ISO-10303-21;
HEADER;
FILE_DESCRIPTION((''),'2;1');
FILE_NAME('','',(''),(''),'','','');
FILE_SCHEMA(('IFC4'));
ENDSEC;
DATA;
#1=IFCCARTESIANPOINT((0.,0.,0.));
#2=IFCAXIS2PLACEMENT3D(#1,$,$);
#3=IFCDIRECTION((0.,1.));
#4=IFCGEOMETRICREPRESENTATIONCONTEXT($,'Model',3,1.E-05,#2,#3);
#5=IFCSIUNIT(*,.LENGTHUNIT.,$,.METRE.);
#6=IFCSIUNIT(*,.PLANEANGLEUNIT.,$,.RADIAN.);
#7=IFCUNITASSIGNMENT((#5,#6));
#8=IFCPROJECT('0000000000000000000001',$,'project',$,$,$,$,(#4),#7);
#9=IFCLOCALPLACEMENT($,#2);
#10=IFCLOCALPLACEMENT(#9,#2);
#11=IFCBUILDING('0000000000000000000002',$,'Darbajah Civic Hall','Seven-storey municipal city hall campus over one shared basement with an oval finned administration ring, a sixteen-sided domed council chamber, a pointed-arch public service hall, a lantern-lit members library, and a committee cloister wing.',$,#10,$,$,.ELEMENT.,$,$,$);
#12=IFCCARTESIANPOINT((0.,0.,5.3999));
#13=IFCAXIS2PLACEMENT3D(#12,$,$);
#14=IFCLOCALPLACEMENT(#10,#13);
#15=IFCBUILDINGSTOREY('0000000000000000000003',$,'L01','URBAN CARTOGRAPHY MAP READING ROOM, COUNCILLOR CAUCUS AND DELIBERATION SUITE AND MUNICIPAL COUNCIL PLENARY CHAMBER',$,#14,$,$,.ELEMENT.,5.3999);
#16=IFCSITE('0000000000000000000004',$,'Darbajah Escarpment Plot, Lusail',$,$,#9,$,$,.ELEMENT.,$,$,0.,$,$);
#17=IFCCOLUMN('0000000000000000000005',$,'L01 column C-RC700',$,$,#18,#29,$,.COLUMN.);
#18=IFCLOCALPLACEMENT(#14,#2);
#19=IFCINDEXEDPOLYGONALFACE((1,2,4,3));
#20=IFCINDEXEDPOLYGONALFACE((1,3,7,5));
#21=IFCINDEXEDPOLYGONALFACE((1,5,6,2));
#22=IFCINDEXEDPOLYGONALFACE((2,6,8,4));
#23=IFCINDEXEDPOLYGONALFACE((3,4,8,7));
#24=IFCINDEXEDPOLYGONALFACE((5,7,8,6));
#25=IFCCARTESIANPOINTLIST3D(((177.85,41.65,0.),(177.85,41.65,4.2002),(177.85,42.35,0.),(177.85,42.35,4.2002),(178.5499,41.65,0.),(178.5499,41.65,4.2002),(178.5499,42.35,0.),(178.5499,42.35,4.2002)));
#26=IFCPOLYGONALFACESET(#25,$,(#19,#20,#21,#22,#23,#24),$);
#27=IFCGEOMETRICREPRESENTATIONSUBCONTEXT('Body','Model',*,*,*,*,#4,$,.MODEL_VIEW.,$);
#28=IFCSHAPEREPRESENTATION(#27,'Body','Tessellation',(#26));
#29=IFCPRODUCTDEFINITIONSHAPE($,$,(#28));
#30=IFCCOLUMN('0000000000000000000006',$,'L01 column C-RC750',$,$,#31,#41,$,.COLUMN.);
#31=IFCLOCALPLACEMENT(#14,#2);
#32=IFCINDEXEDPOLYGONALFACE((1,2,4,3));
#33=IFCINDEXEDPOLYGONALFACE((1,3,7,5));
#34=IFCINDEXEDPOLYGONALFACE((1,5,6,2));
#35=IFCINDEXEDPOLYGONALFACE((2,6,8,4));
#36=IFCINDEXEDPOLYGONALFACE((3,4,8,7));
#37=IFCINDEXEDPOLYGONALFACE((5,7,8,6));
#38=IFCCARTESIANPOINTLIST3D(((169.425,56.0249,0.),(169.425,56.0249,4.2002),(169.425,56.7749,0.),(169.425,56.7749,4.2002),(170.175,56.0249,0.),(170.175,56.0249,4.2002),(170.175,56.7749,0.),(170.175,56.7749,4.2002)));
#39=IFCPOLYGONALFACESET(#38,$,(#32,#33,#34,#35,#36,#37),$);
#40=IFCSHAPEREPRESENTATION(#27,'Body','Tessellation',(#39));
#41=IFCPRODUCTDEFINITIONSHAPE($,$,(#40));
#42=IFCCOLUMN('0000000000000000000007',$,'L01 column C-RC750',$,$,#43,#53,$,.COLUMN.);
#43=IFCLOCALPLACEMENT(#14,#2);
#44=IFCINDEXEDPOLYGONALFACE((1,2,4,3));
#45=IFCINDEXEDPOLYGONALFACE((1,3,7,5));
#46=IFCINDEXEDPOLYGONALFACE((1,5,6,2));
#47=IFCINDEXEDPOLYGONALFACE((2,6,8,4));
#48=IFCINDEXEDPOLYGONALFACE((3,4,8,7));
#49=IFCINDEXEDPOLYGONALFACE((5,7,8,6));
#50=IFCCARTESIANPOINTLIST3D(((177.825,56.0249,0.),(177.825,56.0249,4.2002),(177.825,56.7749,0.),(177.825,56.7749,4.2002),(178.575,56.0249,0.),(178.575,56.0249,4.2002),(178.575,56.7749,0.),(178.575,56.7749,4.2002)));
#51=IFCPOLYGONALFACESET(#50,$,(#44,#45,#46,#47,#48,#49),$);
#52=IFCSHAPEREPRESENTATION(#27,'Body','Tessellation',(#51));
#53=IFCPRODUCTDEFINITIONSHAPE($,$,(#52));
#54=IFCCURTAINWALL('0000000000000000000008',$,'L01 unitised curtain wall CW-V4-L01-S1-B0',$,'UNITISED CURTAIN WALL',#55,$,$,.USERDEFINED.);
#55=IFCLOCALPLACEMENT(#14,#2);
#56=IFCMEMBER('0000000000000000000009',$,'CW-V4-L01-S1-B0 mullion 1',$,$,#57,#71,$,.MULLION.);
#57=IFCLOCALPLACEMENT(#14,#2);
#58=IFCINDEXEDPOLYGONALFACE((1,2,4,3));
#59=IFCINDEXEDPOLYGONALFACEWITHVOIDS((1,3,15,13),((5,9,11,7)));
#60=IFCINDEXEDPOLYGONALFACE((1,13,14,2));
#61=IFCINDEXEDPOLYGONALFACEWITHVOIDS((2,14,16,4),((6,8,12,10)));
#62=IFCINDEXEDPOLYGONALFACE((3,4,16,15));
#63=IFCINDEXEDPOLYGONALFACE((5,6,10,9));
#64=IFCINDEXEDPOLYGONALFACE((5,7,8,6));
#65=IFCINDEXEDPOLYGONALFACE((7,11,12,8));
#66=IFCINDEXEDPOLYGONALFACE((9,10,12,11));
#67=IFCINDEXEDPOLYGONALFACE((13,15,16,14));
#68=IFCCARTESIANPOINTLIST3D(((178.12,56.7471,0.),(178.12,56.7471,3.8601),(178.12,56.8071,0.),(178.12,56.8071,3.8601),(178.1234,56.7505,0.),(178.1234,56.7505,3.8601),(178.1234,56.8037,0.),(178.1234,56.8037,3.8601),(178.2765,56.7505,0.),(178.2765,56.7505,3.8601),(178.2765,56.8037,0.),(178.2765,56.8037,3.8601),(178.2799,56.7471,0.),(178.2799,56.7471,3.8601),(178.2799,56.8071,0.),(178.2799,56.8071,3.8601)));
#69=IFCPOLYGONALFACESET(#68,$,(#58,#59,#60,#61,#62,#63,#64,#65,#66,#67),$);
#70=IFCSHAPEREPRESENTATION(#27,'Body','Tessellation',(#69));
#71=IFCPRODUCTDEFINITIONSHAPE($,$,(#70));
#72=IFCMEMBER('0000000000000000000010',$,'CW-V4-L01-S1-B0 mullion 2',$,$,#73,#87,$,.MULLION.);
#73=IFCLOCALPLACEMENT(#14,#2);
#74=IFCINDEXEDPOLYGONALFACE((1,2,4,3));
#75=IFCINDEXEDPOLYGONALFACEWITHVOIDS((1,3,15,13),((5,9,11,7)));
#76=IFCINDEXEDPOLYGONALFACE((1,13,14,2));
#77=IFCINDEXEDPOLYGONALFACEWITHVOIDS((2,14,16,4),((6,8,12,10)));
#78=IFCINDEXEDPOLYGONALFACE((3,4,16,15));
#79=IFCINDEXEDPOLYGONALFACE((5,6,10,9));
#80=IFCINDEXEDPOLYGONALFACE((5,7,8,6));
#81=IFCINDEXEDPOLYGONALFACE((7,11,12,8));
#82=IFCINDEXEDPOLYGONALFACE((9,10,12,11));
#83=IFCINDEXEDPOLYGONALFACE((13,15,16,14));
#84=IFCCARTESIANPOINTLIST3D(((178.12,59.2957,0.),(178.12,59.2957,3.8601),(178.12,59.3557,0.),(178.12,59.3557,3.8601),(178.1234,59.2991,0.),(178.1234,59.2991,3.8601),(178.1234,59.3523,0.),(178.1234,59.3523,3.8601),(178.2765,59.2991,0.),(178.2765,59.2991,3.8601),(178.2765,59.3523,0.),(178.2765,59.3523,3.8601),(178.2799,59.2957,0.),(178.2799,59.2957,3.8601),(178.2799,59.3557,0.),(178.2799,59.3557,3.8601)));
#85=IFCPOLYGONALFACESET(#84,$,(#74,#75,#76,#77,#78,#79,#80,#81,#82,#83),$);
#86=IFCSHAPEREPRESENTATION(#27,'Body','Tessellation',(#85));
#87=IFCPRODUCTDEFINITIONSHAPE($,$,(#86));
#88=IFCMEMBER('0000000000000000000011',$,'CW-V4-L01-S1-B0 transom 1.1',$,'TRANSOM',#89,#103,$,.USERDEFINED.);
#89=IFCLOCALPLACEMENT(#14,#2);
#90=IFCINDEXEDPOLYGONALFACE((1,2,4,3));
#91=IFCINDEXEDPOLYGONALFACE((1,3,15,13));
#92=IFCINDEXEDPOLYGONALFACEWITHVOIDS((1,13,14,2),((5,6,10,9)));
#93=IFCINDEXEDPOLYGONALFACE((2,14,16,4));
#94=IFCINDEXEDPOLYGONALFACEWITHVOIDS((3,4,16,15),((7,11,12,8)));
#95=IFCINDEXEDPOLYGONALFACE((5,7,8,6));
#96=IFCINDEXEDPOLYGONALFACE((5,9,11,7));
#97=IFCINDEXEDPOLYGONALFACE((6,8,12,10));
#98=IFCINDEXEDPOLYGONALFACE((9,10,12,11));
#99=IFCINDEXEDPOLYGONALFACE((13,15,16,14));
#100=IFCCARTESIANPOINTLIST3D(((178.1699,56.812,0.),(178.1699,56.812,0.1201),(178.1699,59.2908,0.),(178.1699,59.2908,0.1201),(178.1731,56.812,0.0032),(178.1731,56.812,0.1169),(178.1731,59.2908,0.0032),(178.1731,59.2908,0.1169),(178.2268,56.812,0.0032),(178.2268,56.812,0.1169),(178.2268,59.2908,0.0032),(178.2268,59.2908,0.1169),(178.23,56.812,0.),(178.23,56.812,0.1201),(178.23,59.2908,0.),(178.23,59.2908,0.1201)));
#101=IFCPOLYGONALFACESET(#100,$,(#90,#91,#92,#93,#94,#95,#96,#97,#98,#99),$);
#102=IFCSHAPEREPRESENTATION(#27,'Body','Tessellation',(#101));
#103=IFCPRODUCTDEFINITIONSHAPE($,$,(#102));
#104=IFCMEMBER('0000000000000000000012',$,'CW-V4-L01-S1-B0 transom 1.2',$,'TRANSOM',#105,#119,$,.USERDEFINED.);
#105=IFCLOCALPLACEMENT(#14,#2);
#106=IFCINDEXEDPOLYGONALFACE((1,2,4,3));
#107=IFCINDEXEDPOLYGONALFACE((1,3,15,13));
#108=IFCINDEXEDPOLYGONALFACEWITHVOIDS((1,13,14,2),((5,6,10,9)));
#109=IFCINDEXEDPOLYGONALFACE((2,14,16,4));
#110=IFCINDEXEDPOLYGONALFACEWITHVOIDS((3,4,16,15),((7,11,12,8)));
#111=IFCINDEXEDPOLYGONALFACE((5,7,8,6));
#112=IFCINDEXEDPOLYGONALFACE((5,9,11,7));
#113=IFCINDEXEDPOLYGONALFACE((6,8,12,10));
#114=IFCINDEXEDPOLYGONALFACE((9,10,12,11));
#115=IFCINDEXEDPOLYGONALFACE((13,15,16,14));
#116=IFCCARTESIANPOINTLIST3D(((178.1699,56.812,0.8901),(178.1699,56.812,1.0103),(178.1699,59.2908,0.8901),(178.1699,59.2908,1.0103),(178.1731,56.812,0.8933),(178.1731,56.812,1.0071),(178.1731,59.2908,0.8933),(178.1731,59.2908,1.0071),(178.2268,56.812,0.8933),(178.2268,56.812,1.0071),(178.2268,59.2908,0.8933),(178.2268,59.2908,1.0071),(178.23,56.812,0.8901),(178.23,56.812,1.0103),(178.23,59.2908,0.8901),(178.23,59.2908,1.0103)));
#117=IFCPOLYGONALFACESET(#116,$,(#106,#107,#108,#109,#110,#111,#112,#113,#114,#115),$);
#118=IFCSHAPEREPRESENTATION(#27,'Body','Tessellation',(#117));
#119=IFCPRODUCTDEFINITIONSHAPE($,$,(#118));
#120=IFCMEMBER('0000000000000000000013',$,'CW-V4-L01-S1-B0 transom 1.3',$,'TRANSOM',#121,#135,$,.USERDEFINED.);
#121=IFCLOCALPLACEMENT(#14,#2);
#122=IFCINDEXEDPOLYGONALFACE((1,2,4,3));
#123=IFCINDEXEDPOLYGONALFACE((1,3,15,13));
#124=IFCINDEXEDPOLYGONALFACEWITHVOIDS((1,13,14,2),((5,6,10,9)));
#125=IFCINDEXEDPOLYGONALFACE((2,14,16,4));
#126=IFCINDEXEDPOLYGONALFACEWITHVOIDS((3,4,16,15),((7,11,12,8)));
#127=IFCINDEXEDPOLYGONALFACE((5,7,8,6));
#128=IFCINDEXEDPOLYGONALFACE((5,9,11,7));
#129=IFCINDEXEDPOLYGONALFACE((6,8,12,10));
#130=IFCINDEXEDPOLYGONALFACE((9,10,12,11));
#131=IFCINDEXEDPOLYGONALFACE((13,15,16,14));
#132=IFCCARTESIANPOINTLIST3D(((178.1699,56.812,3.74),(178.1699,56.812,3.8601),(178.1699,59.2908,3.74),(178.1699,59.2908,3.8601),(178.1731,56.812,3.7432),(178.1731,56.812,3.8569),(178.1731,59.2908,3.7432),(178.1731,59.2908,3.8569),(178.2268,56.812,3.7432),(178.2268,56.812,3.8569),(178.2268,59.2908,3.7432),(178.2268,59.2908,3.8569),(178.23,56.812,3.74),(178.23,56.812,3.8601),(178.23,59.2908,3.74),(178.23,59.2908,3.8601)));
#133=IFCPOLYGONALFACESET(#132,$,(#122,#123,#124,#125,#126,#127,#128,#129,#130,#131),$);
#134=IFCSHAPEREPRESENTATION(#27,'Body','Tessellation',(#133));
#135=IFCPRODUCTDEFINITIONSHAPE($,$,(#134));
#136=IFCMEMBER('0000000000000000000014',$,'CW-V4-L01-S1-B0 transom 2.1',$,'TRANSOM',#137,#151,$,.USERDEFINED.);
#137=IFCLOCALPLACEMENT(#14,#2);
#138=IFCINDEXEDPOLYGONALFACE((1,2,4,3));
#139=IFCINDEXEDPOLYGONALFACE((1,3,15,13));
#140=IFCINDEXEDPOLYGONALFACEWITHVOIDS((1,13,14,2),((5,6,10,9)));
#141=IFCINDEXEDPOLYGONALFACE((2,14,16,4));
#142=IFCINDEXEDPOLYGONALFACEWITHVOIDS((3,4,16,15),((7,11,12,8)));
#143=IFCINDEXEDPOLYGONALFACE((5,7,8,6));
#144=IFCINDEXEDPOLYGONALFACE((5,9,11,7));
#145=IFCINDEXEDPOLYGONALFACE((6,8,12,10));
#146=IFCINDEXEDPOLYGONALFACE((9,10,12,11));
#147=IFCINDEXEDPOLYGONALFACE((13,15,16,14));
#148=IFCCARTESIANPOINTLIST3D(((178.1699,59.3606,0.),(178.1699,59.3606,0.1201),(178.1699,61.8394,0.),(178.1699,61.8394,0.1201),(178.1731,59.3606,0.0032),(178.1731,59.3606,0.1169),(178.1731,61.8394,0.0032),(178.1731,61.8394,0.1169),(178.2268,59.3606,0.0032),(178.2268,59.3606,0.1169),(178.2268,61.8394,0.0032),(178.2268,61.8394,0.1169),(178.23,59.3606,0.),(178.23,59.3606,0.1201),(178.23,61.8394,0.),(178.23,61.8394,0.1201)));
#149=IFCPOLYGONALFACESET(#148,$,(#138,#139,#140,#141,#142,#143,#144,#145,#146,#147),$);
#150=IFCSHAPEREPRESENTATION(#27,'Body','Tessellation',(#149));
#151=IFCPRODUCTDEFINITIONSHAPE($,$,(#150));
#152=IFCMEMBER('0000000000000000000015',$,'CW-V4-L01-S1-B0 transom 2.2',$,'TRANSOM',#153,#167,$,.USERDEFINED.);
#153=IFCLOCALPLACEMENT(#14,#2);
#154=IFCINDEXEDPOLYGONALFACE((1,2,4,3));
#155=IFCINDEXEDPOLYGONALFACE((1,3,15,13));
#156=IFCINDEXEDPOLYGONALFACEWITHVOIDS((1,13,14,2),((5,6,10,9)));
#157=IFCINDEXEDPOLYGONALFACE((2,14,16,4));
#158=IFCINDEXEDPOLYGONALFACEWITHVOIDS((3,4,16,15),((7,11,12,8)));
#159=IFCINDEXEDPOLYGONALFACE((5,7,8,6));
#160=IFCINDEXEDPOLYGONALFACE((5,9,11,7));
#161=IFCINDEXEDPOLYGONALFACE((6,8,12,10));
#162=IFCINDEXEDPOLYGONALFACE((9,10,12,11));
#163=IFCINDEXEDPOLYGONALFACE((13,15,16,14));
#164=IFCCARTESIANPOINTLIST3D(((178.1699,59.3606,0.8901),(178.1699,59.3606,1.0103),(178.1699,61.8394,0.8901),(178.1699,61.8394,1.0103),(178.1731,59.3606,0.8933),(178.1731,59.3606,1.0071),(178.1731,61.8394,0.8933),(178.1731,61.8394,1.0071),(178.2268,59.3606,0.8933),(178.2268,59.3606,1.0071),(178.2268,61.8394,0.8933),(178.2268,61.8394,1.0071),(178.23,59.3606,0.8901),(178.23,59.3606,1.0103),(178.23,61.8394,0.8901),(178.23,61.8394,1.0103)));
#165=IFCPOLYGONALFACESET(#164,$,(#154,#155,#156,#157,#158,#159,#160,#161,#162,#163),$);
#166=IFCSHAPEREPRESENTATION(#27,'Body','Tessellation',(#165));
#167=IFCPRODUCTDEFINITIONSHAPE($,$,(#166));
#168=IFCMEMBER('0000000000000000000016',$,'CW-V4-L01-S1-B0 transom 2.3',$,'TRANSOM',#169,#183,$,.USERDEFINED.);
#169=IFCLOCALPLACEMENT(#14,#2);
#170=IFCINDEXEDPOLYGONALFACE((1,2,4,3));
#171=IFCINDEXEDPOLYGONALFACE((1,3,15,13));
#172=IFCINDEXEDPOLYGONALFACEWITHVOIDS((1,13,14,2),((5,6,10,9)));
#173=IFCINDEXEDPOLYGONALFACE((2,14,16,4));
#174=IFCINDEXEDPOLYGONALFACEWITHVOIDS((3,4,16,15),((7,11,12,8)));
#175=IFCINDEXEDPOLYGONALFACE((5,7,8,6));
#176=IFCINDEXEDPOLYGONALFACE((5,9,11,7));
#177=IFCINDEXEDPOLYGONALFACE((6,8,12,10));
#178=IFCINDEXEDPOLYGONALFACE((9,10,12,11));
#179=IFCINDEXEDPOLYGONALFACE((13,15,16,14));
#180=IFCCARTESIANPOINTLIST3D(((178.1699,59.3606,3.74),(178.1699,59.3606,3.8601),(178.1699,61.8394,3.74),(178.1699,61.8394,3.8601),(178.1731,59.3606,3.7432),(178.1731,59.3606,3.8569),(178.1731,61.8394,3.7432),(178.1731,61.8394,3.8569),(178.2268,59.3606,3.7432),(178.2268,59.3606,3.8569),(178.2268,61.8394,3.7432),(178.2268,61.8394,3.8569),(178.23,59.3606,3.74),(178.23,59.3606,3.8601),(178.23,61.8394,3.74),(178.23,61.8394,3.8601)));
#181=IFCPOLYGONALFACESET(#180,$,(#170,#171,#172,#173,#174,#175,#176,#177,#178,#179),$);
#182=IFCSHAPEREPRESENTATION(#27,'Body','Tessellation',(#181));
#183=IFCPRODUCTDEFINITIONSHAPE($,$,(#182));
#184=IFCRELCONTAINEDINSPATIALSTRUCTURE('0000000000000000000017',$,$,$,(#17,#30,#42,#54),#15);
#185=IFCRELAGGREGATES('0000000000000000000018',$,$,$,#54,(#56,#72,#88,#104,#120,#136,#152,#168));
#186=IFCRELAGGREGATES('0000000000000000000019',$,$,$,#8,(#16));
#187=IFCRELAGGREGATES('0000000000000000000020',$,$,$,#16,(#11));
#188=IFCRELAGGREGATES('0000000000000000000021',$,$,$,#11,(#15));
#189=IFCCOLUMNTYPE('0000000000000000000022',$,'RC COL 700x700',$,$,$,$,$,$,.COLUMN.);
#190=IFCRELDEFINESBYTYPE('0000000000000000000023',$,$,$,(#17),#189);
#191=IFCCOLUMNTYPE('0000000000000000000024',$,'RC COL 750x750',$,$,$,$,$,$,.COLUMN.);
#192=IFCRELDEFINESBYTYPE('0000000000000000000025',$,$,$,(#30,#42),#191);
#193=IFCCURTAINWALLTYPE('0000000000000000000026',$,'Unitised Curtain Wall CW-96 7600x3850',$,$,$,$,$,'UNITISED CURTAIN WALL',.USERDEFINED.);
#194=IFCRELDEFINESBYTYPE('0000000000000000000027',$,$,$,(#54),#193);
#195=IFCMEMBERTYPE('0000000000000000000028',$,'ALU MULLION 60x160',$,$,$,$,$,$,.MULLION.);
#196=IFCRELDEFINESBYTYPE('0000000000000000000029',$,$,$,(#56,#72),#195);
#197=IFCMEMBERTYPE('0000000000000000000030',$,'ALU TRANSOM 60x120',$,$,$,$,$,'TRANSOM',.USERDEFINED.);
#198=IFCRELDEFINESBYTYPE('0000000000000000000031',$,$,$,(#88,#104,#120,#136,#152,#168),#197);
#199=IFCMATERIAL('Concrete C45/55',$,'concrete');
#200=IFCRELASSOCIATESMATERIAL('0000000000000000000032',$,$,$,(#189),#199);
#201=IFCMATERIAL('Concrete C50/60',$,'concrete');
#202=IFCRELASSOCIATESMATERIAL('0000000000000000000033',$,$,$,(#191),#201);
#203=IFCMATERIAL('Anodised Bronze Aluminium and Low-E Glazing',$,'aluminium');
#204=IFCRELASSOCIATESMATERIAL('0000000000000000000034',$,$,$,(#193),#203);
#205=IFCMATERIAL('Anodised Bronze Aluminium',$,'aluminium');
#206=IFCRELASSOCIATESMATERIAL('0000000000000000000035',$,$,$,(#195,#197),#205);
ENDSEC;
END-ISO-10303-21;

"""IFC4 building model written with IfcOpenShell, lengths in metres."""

from ifc_helpers import new_model, si_unit, direction, frame, origin, origin_2d, place, context, subcontext, project, spatial, rectangle, hollow_rectangle, extrude, material, material_profile, profile_set, type_object, element, aggregate, save


model = new_model("IFC4")

# Units and contexts
model_context = context("Model", 3, precision=1e-05, world=origin(), true_north=direction((0.0, 1.0)))
body_context = subcontext(model_context, "Body", "Model", "MODEL_VIEW")
ifc_project = project(units=[si_unit("LENGTHUNIT", "METRE"), si_unit("PLANEANGLEUNIT", "RADIAN")], contexts=[model_context])

# Site, building, storey
site_placement = place(None, origin())
site = spatial("IfcSite", under=ifc_project, at=site_placement, Name="Darbajah Escarpment Plot, Lusail", CompositionType="ELEMENT", RefElevation=0.0)
building_placement = place(site_placement, origin())
building = spatial("IfcBuilding", under=site, at=building_placement, Name="Darbajah Civic Hall", Description="Seven-storey municipal city hall campus over one shared basement with an oval finned administration ring, a sixteen-sided domed council chamber, a pointed-arch public service hall, a lantern-lit members library, and a committee cloister wing.", CompositionType="ELEMENT")
storey_placement = place(building_placement, frame((0.0, 0.0, 5.3999)))
storey = spatial("IfcBuildingStorey", under=building, at=storey_placement, Name="L01", Description="URBAN CARTOGRAPHY MAP READING ROOM, COUNCILLOR CAUCUS AND DELIBERATION SUITE AND MUNICIPAL COUNCIL PLENARY CHAMBER", CompositionType="ELEMENT", Elevation=5.3999)

# Columns
ifc_material_1 = material(Name="Concrete C45/55", Category="concrete")
ifc_material_profile_1 = material_profile(ifc_material_1, rectangle(XDim=0.7, YDim=0.7, at=origin_2d()), Name="RC COL 700x700")
ifc_profile_set_1 = profile_set([ifc_material_profile_1], Name="Concrete C45/55")
column_type_1 = type_object("IfcColumnType", Name="RC COL 700x700", PredefinedType="COLUMN", material=ifc_profile_set_1)
column_placement = place(storey_placement, frame((178.2, 42.0, 0.0), z_axis=(0.0, 0.0, 1.0), x_axis=(1.0, 0.0, 0.0)))
element("IfcColumn", 1, at=column_placement, inside=storey, type_object=column_type_1, Name="L01 column C-RC700", PredefinedType="COLUMN", context=body_context, shape_type="SweptSolid", body=[
    extrude(rectangle(XDim=0.7, YDim=0.7, at=origin_2d()), origin(), (0.0, 0.0, 1.0), 4.2002),
])
ifc_material_2 = material(Name="Concrete C50/60", Category="concrete")
ifc_material_profile_2 = material_profile(ifc_material_2, rectangle(XDim=0.75, YDim=0.75, at=origin_2d()), Name="RC COL 750x750")
ifc_profile_set_2 = profile_set([ifc_material_profile_2], Name="Concrete C50/60")
column_type_2 = type_object("IfcColumnType", Name="RC COL 750x750", PredefinedType="COLUMN", material=ifc_profile_set_2)
for number, where, z_axis, x_axis, name in (
    (2, (169.8, 56.3999, 0.0), (0.0, 0.0, 1.0), (1.0, 0.0, 0.0), "L01 column C-RC750"),
    (3, (178.2, 56.3999, 0.0), (0.0, 0.0, 1.0), (1.0, 0.0, 0.0), "L01 column C-RC750"),
):
    element("IfcColumn", number, at=place(storey_placement, frame(where, z_axis=z_axis, x_axis=x_axis)), inside=storey, type_object=column_type_2, Name=name, PredefinedType="COLUMN", context=body_context, shape_type="SweptSolid", body=[
        extrude(rectangle(XDim=0.75, YDim=0.75, at=origin_2d()), origin(), (0.0, 0.0, 1.0), 4.2002),
    ])

# Curtain wall, members
ifc_material_3 = material(Name="Anodised Bronze Aluminium and Low-E Glazing", Category="aluminium")
curtain_wall_type = type_object("IfcCurtainWallType", Name="Unitised Curtain Wall CW-96 7600x3850", ElementType="UNITISED CURTAIN WALL", PredefinedType="USERDEFINED", material=ifc_material_3)
curtain_wall_placement = place(storey_placement, origin())
curtain_wall = element("IfcCurtainWall", 4, at=curtain_wall_placement, inside=storey, type_object=curtain_wall_type, Name="L01 unitised curtain wall CW-V4-L01-S1-B0", ObjectType="UNITISED CURTAIN WALL", PredefinedType="USERDEFINED")
ifc_material_4 = material(Name="Anodised Bronze Aluminium", Category="aluminium")
ifc_material_profile_3 = material_profile(ifc_material_4, hollow_rectangle(XDim=0.0601, YDim=0.1599, WallThickness=0.0034, at=origin_2d()), Name="ALU MULLION 60x160")
ifc_profile_set_3 = profile_set([ifc_material_profile_3], Name="Anodised Bronze Aluminium")
member_type_1 = type_object("IfcMemberType", Name="ALU MULLION 60x160", PredefinedType="MULLION", material=ifc_profile_set_3)
member_1_placement = place(storey_placement, frame((178.2, 56.7771, 0.0), z_axis=(0.0, 0.0, 1.0), x_axis=(0.0, 1.0, 0.0)))
member_1 = element("IfcMember", 5, at=member_1_placement, type_object=member_type_1, Name="CW-V4-L01-S1-B0 mullion 1", PredefinedType="MULLION", context=body_context, shape_type="SweptSolid", body=[
    extrude(hollow_rectangle(XDim=0.0601, YDim=0.1599, WallThickness=0.0034, at=origin_2d()), origin(), (0.0, 0.0, 1.0), 3.8601),
])
member_2_placement = place(storey_placement, frame((178.2, 59.3257, 0.0), z_axis=(0.0, 0.0, 1.0), x_axis=(0.0, 1.0, 0.0)))
member_2 = element("IfcMember", 6, at=member_2_placement, type_object=member_type_1, Name="CW-V4-L01-S1-B0 mullion 2", PredefinedType="MULLION", context=body_context, shape_type="SweptSolid", body=[
    extrude(hollow_rectangle(XDim=0.0601, YDim=0.1599, WallThickness=0.0034, at=origin_2d()), origin(), (0.0, 0.0, 1.0), 3.8601),
])
ifc_material_profile_4 = material_profile(ifc_material_4, hollow_rectangle(XDim=0.0601, YDim=0.1201, WallThickness=0.0032, at=origin_2d()), Name="ALU TRANSOM 60x120")
ifc_profile_set_4 = profile_set([ifc_material_profile_4], Name="Anodised Bronze Aluminium")
member_type_2 = type_object("IfcMemberType", Name="ALU TRANSOM 60x120", ElementType="TRANSOM", PredefinedType="USERDEFINED", material=ifc_profile_set_4)
member_3_placement = place(storey_placement, frame((178.2, 56.812, 0.0601), z_axis=(0.0, 1.0, 0.0), x_axis=(-1.0, 0.0, 0.0)))
member_3 = element("IfcMember", 7, at=member_3_placement, type_object=member_type_2, Name="CW-V4-L01-S1-B0 transom 1.1", ObjectType="TRANSOM", PredefinedType="USERDEFINED", context=body_context, shape_type="SweptSolid", body=[
    extrude(hollow_rectangle(XDim=0.0601, YDim=0.1201, WallThickness=0.0032, at=origin_2d()), origin(), (0.0, 0.0, 1.0), 2.4788),
])
member_4_placement = place(storey_placement, frame((178.2, 56.812, 0.9502), z_axis=(0.0, 1.0, 0.0), x_axis=(-1.0, 0.0, 0.0)))
member_4 = element("IfcMember", 8, at=member_4_placement, type_object=member_type_2, Name="CW-V4-L01-S1-B0 transom 1.2", ObjectType="TRANSOM", PredefinedType="USERDEFINED", context=body_context, shape_type="SweptSolid", body=[
    extrude(hollow_rectangle(XDim=0.0601, YDim=0.1201, WallThickness=0.0032, at=origin_2d()), origin(), (0.0, 0.0, 1.0), 2.4788),
])
member_5_placement = place(storey_placement, frame((178.2, 56.812, 3.8), z_axis=(0.0, 1.0, 0.0), x_axis=(-1.0, 0.0, 0.0)))
member_5 = element("IfcMember", 9, at=member_5_placement, type_object=member_type_2, Name="CW-V4-L01-S1-B0 transom 1.3", ObjectType="TRANSOM", PredefinedType="USERDEFINED", context=body_context, shape_type="SweptSolid", body=[
    extrude(hollow_rectangle(XDim=0.0601, YDim=0.1201, WallThickness=0.0032, at=origin_2d()), origin(), (0.0, 0.0, 1.0), 2.4788),
])
member_6_placement = place(storey_placement, frame((178.2, 59.3606, 0.0601), z_axis=(0.0, 1.0, 0.0), x_axis=(-1.0, 0.0, 0.0)))
member_6 = element("IfcMember", 10, at=member_6_placement, type_object=member_type_2, Name="CW-V4-L01-S1-B0 transom 2.1", ObjectType="TRANSOM", PredefinedType="USERDEFINED", context=body_context, shape_type="SweptSolid", body=[
    extrude(hollow_rectangle(XDim=0.0601, YDim=0.1201, WallThickness=0.0032, at=origin_2d()), origin(), (0.0, 0.0, 1.0), 2.4788),
])
member_7_placement = place(storey_placement, frame((178.2, 59.3606, 0.9502), z_axis=(0.0, 1.0, 0.0), x_axis=(-1.0, 0.0, 0.0)))
member_7 = element("IfcMember", 11, at=member_7_placement, type_object=member_type_2, Name="CW-V4-L01-S1-B0 transom 2.2", ObjectType="TRANSOM", PredefinedType="USERDEFINED", context=body_context, shape_type="SweptSolid", body=[
    extrude(hollow_rectangle(XDim=0.0601, YDim=0.1201, WallThickness=0.0032, at=origin_2d()), origin(), (0.0, 0.0, 1.0), 2.4788),
])
member_8_placement = place(storey_placement, frame((178.2, 59.3606, 3.8), z_axis=(0.0, 1.0, 0.0), x_axis=(-1.0, 0.0, 0.0)))
member_8 = element("IfcMember", 12, at=member_8_placement, type_object=member_type_2, Name="CW-V4-L01-S1-B0 transom 2.3", ObjectType="TRANSOM", PredefinedType="USERDEFINED", context=body_context, shape_type="SweptSolid", body=[
    extrude(hollow_rectangle(XDim=0.0601, YDim=0.1201, WallThickness=0.0032, at=origin_2d()), origin(), (0.0, 0.0, 1.0), 2.4788),
])

aggregate(curtain_wall, [member_1, member_2, member_3, member_4, member_5, member_6, member_7, member_8])

save(model, "model.ifc")
